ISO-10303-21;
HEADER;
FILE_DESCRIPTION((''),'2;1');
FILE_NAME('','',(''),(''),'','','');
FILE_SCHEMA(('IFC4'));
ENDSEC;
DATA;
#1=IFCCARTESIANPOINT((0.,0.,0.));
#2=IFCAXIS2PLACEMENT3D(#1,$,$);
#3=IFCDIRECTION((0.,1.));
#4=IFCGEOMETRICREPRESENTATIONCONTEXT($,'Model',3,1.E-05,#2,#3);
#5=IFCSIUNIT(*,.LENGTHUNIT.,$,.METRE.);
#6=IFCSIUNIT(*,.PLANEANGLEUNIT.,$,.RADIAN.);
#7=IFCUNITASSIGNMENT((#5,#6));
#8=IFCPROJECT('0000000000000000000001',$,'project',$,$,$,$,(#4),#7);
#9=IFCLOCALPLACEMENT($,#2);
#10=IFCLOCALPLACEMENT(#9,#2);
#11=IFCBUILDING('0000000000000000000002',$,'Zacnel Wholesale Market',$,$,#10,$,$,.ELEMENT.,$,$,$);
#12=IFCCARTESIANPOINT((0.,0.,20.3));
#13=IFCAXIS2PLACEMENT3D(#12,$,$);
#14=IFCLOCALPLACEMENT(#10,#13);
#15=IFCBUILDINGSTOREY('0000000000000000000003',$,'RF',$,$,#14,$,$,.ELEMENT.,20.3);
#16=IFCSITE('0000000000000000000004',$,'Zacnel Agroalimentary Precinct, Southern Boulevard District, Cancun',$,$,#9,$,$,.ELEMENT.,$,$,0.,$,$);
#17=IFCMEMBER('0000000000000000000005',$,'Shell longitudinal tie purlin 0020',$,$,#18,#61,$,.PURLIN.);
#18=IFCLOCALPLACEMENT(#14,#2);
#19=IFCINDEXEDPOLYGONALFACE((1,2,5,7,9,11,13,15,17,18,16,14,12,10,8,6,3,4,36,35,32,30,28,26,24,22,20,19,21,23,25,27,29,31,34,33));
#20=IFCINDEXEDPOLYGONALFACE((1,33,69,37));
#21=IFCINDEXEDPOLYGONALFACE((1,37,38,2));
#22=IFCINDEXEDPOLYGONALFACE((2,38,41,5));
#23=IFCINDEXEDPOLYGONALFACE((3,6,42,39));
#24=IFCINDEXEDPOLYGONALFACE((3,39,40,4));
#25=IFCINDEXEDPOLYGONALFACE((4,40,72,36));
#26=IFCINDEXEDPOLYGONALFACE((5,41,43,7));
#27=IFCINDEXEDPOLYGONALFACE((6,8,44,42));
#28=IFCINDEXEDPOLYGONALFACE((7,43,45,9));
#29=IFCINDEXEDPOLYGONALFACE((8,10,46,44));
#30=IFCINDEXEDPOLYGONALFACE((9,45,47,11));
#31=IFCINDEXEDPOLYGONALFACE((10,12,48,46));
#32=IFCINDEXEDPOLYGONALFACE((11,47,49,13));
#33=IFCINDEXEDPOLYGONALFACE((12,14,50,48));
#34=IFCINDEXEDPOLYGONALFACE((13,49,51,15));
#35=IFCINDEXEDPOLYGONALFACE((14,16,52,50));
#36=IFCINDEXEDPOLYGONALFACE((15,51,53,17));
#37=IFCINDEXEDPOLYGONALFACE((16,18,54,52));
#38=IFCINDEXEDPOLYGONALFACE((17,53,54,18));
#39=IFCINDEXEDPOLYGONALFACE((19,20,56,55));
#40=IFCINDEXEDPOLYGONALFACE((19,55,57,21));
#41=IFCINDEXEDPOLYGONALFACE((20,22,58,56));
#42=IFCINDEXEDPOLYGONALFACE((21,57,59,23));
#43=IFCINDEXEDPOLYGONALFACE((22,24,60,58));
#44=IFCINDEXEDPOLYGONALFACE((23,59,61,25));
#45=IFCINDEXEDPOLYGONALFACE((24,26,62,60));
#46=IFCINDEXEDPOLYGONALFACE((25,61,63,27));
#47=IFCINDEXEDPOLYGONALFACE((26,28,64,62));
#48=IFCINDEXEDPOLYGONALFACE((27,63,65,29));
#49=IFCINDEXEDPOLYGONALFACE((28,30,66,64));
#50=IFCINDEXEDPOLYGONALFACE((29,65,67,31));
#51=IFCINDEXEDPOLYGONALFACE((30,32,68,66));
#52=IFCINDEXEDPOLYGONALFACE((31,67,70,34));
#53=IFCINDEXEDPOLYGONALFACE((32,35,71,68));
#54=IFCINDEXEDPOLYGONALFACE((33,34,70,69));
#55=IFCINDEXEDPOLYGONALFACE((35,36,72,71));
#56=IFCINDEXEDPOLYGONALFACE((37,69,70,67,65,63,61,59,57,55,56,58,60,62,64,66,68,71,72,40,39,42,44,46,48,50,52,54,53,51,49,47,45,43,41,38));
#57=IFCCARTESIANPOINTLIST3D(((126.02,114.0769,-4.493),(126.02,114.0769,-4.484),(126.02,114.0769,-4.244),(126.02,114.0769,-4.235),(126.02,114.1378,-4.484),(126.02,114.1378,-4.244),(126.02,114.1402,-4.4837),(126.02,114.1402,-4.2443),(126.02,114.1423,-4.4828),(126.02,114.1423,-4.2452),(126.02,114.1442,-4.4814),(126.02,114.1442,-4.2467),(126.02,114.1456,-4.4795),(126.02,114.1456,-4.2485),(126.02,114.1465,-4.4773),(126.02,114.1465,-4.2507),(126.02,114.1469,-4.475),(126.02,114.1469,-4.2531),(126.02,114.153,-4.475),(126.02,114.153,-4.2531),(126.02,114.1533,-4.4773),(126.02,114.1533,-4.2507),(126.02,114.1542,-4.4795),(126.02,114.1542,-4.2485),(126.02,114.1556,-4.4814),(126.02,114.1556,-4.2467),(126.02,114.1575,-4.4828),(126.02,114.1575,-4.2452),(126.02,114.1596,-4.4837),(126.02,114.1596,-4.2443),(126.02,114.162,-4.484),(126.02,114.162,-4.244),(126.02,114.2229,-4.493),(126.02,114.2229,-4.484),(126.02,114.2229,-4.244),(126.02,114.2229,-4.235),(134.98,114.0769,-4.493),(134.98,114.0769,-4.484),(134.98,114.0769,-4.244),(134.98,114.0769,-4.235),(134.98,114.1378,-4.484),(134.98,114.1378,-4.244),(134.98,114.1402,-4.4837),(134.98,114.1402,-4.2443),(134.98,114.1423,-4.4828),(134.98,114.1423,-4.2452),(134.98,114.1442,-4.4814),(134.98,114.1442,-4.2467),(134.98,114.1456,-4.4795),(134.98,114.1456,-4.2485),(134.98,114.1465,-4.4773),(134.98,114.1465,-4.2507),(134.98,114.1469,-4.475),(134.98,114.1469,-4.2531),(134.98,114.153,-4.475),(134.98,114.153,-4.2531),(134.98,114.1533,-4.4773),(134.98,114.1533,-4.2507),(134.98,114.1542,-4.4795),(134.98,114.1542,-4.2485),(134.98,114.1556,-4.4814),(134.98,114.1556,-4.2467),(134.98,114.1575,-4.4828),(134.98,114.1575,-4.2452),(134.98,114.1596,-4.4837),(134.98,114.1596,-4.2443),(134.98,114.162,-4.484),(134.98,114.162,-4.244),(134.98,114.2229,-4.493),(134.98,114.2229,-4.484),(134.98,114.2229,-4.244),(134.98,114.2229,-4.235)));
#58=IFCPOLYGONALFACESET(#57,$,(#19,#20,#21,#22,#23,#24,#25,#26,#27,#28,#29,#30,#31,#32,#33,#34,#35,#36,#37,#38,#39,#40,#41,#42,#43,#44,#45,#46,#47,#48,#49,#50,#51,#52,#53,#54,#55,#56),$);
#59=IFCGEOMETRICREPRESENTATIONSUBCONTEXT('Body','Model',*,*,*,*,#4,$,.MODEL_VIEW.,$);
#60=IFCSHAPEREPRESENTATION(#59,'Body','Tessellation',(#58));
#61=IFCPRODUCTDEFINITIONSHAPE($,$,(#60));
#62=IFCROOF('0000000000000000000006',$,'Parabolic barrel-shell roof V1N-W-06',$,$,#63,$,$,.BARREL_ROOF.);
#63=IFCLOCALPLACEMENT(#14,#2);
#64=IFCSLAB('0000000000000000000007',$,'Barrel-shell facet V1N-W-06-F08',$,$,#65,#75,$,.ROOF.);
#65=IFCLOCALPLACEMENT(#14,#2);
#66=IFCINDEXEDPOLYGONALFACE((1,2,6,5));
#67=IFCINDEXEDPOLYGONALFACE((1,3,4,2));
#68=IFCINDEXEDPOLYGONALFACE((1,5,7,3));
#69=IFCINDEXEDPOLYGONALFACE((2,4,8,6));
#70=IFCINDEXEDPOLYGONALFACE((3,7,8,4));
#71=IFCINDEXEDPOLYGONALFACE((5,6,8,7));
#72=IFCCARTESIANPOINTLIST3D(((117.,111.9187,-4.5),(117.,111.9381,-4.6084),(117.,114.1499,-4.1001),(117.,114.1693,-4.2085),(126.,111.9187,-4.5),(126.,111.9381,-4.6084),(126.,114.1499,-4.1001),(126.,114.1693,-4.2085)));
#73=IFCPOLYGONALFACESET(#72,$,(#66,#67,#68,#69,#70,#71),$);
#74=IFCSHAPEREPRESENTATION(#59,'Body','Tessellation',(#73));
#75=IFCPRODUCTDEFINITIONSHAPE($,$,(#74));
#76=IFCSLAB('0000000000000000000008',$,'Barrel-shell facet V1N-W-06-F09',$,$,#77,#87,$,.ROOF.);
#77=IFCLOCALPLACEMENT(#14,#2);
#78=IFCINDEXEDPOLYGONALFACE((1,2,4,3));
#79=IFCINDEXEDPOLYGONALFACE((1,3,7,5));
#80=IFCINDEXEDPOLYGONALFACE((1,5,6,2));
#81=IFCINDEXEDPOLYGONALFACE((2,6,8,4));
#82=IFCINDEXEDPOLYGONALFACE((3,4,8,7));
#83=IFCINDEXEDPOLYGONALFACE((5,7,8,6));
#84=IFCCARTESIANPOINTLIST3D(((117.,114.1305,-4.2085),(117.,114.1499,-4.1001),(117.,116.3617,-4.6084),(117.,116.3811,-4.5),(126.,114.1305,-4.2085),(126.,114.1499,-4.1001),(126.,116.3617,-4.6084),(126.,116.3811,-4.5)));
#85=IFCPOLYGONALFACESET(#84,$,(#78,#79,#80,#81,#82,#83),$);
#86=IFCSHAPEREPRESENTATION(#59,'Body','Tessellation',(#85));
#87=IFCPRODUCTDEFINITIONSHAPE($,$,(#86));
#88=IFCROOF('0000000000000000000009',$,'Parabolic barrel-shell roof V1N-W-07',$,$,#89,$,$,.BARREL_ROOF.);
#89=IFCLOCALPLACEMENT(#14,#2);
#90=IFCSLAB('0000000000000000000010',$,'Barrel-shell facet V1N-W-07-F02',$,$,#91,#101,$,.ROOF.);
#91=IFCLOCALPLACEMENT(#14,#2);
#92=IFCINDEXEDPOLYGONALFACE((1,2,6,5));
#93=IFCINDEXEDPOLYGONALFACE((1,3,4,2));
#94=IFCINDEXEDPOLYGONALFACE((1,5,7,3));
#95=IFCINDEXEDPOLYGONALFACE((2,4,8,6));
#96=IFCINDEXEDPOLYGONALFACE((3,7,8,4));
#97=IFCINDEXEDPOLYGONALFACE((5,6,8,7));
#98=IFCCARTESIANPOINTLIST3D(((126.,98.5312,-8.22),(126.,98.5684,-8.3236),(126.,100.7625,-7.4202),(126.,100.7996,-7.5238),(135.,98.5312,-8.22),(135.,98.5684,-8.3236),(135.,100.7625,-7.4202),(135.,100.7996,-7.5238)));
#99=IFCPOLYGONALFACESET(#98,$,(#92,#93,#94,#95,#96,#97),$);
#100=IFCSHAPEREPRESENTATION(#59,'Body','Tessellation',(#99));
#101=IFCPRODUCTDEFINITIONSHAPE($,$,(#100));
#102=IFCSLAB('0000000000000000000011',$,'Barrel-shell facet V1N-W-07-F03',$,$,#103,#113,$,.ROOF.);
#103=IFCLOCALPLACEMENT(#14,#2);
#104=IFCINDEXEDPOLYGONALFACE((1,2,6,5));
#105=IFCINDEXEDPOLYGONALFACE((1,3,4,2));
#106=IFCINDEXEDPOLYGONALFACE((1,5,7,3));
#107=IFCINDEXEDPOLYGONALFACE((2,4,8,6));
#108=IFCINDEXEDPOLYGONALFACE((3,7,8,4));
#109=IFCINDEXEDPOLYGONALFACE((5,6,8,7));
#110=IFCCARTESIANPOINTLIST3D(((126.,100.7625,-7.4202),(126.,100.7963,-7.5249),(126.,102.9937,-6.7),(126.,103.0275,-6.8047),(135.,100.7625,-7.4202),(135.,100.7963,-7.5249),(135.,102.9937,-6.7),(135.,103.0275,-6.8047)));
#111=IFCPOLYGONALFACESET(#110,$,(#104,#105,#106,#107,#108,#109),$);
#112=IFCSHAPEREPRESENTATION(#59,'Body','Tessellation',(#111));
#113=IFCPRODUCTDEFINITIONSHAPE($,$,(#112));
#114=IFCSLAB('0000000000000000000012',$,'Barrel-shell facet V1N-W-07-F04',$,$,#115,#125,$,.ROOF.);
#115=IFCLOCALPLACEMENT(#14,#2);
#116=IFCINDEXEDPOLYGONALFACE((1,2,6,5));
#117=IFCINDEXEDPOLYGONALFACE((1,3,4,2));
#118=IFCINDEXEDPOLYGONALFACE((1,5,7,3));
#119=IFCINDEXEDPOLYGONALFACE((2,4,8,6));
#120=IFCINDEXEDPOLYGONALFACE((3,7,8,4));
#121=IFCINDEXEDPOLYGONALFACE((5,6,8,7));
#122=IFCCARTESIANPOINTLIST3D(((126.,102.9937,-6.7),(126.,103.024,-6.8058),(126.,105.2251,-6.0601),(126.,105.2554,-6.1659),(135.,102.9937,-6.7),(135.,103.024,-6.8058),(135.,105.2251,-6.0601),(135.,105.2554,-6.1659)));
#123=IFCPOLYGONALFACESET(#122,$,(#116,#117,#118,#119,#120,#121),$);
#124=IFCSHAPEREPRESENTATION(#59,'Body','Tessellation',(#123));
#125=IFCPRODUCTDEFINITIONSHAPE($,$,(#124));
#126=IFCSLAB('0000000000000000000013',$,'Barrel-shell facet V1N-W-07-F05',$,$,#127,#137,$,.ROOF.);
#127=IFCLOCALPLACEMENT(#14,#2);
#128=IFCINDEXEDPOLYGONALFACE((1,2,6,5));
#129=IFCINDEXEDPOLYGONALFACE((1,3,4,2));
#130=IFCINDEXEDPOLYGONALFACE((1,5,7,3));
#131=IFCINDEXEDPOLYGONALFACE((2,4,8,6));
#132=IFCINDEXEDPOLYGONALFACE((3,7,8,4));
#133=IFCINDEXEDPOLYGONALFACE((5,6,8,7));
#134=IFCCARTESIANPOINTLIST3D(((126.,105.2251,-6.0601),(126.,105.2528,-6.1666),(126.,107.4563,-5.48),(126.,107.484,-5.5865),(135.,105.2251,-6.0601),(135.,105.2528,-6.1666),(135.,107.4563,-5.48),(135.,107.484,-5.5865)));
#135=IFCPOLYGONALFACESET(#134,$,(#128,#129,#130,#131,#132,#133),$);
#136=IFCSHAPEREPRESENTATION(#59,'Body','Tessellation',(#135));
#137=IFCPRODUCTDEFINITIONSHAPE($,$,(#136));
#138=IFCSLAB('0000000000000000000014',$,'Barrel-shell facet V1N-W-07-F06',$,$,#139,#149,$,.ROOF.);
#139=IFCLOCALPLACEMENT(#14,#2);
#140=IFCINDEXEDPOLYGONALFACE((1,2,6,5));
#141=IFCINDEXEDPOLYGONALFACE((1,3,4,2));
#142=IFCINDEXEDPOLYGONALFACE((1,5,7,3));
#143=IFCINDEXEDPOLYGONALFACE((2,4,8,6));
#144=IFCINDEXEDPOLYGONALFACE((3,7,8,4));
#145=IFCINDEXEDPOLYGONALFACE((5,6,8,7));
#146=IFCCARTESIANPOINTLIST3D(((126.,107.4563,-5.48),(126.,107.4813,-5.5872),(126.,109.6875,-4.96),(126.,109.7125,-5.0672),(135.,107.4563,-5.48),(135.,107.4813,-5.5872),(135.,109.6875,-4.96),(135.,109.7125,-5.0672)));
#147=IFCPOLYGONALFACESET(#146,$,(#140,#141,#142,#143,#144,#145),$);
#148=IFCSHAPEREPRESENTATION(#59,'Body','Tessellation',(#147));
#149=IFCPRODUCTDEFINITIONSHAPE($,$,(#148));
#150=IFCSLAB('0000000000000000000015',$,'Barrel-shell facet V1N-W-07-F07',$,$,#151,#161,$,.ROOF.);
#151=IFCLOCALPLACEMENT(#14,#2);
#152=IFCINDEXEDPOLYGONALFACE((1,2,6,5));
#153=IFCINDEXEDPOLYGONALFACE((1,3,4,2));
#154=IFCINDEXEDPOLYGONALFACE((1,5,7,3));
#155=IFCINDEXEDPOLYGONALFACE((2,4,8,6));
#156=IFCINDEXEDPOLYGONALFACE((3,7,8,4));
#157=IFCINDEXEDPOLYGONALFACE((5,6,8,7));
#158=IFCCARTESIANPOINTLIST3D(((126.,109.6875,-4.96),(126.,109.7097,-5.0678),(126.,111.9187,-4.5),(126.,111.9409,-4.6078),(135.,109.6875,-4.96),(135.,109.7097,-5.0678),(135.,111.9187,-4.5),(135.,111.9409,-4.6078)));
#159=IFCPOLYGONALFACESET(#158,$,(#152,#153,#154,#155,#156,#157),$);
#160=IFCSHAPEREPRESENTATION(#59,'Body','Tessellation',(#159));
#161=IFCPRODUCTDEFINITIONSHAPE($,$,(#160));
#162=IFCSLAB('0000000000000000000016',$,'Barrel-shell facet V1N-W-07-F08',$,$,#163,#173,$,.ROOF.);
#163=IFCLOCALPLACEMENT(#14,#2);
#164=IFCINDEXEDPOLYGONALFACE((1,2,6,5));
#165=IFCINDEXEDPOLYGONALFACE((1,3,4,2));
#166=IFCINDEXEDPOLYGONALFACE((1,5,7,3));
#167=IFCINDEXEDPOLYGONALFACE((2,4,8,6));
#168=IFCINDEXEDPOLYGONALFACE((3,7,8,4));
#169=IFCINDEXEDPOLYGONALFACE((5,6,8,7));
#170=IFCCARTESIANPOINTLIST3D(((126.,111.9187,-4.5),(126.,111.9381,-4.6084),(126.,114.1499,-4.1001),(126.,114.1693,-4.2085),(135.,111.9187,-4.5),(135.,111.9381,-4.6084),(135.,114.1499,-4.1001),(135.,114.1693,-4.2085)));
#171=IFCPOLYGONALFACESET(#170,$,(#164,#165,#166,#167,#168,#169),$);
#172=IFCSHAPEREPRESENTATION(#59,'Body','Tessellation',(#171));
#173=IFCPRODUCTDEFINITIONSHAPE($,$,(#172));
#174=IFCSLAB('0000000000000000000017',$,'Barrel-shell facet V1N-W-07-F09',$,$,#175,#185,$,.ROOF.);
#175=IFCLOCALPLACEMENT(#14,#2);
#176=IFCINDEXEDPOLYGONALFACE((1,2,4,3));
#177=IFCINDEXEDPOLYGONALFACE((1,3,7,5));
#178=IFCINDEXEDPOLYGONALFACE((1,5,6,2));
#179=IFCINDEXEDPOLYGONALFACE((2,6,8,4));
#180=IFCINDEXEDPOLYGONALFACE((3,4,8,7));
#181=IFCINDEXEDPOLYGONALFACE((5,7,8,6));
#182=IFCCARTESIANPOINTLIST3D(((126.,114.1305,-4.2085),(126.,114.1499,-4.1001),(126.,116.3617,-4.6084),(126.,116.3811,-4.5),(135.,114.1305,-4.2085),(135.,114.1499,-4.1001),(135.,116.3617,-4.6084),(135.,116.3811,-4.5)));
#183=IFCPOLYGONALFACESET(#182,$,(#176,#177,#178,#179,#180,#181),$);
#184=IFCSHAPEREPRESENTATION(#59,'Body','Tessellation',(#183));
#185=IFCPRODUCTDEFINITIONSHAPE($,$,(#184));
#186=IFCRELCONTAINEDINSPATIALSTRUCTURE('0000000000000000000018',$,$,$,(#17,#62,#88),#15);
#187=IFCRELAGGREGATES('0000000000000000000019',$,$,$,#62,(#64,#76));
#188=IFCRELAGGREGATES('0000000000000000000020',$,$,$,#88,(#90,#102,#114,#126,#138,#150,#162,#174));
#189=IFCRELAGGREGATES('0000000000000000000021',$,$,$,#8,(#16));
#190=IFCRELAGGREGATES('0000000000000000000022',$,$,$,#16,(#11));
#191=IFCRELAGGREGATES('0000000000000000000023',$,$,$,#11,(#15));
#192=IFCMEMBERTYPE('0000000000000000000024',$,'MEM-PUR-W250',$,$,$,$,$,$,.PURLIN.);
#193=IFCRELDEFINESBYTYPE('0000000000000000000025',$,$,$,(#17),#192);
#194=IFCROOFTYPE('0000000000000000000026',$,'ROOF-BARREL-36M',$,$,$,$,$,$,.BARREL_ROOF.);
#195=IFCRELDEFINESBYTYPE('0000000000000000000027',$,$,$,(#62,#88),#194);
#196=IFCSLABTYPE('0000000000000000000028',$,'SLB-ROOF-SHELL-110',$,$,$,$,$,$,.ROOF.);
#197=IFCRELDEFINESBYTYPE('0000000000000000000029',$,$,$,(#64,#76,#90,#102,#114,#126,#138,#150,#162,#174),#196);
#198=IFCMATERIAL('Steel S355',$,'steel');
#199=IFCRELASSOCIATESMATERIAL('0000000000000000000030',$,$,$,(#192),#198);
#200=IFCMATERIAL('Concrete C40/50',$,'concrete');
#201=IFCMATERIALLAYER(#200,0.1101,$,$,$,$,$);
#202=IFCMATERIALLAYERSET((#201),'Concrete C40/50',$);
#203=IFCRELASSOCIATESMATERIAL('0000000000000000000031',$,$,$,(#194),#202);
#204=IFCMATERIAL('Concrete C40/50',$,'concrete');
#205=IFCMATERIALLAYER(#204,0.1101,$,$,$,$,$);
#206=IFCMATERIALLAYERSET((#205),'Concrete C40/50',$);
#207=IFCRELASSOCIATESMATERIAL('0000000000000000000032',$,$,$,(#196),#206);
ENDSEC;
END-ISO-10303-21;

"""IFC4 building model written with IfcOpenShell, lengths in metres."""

from ifc_helpers import new_model, si_unit, direction, frame, origin, origin_2d, place, context, subcontext, project, spatial, polyline, i_section, outline, extrude, material, layer, layer_set, material_profile, profile_set, type_object, element, aggregate, save


model = new_model("IFC4")

# Units and contexts
model_context = context("Model", 3, precision=1e-05, world=origin(), true_north=direction((0.0, 1.0)))
body_context = subcontext(model_context, "Body", "Model", "MODEL_VIEW")
ifc_project = project(units=[si_unit("LENGTHUNIT", "METRE"), si_unit("PLANEANGLEUNIT", "RADIAN")], contexts=[model_context])

# Site, building, storey
site_placement = place(None, origin())
site = spatial("IfcSite", under=ifc_project, at=site_placement, Name="Zacnel Agroalimentary Precinct, Southern Boulevard District, Cancun", CompositionType="ELEMENT", RefElevation=0.0)
building_placement = place(site_placement, origin())
building = spatial("IfcBuilding", under=site, at=building_placement, Name="Zacnel Wholesale Market", CompositionType="ELEMENT")
storey_placement = place(building_placement, frame((0.0, 0.0, 20.3)))
storey = spatial("IfcBuildingStorey", under=building, at=storey_placement, Name="RF", CompositionType="ELEMENT", Elevation=20.3)

# Member
ifc_material_1 = material(Name="Steel S355", Category="steel")
ifc_material_profile_1 = material_profile(ifc_material_1, i_section(OverallWidth=0.146, OverallDepth=0.2581, WebThickness=0.0061, FlangeThickness=0.009, FilletRadius=0.009, at=origin_2d()), Name="W250X32.7")
ifc_profile_set_1 = profile_set([ifc_material_profile_1], Name="Steel S355")
member_type_1 = type_object("IfcMemberType", Name="MEM-PUR-W250", PredefinedType="PURLIN", material=ifc_profile_set_1)
for number, where, z_axis, x_axis, name in (
    (1, (126.02, 114.1499, -4.364), (1.0, 0.0, 0.0), (0.0, 1.0, 0.0), "Shell longitudinal tie purlin 0020"),
):
    element("IfcMember", number, at=place(storey_placement, frame(where, z_axis=z_axis, x_axis=x_axis)), inside=storey, type_object=member_type_1, Name=name, PredefinedType="PURLIN", context=body_context, shape_type="SweptSolid", body=[
        extrude(i_section(OverallWidth=0.146, OverallDepth=0.2581, WebThickness=0.0061, FlangeThickness=0.009, FilletRadius=0.009, at=origin_2d()), origin(), (0.0, 0.0, 1.0), 8.96),
    ])

# Roofs, slabs
ifc_material_2 = material(Name="Concrete C40/50", Category="concrete")
ifc_layer_1 = layer(ifc_material_2, 0.1101)
ifc_layer_set_1 = layer_set([ifc_layer_1], Name="Concrete C40/50")
roof_type = type_object("IfcRoofType", Name="ROOF-BARREL-36M", PredefinedType="BARREL_ROOF", material=ifc_layer_set_1)
roof_1_placement = place(storey_placement, origin())
roof_1 = element("IfcRoof", 2, at=roof_1_placement, inside=storey, type_object=roof_type, Name="Parabolic barrel-shell roof V1N-W-06", PredefinedType="BARREL_ROOF")
ifc_material_3 = material(Name="Concrete C40/50", Category="concrete")
ifc_layer_2 = layer(ifc_material_3, 0.1101)
ifc_layer_set_2 = layer_set([ifc_layer_2], Name="Concrete C40/50")
slab_type = type_object("IfcSlabType", Name="SLB-ROOF-SHELL-110", PredefinedType="ROOF", material=ifc_layer_set_2)
slab_1_placement = place(storey_placement, frame((117.0, 111.9187, -4.5), z_axis=(0.0, -0.176421, 0.984315), x_axis=(1.0, 0.0, 0.0)))
slab_1 = element("IfcSlab", 3, at=slab_1_placement, type_object=slab_type, Name="Barrel-shell facet V1N-W-06-F08", PredefinedType="ROOF", context=body_context, shape_type="SweptSolid", body=[
    extrude(outline(polyline([(0.0, 0.0), (9.0, 0.0), (9.0, 2.2668), (0.0, 2.2668), (0.0, 0.0)])), origin(), (0.0, 0.0, -1.0), 0.1101),
])
slab_2_placement = place(storey_placement, frame((117.0, 114.1499, -4.1001), z_axis=(0.0, 0.176421, 0.984315), x_axis=(1.0, 0.0, 0.0)))
slab_2 = element("IfcSlab", 4, at=slab_2_placement, type_object=slab_type, Name="Barrel-shell facet V1N-W-06-F09", PredefinedType="ROOF", context=body_context, shape_type="SweptSolid", body=[
    extrude(outline(polyline([(0.0, 0.0), (9.0, 0.0), (9.0, 2.2668), (0.0, 2.2668), (0.0, 0.0)])), origin(), (0.0, 0.0, -1.0), 0.1101),
])
aggregate(roof_1, [slab_1, slab_2])
roof_2_placement = place(storey_placement, origin())
roof_2 = element("IfcRoof", 5, at=roof_2_placement, inside=storey, type_object=roof_type, Name="Parabolic barrel-shell roof V1N-W-07", PredefinedType="BARREL_ROOF")
slab_3_placement = place(storey_placement, frame((126.0, 98.5312, -8.22), z_axis=(0.0, -0.337439, 0.941347), x_axis=(1.0, 0.0, 0.0)))
slab_3 = element("IfcSlab", 6, at=slab_3_placement, type_object=slab_type, Name="Barrel-shell facet V1N-W-07-F02", PredefinedType="ROOF", context=body_context, shape_type="SweptSolid", body=[
    extrude(outline(polyline([(0.0, 0.0), (9.0, 0.0), (9.0, 2.3702), (0.0, 2.3702), (0.0, 0.0)])), origin(), (0.0, 0.0, -1.0), 0.1101),
])
slab_4_placement = place(storey_placement, frame((126.0, 100.7625, -7.4202), z_axis=(0.0, -0.307185, 0.95165), x_axis=(1.0, 0.0, 0.0)))
slab_4 = element("IfcSlab", 7, at=slab_4_placement, type_object=slab_type, Name="Barrel-shell facet V1N-W-07-F03", PredefinedType="ROOF", context=body_context, shape_type="SweptSolid", body=[
    extrude(outline(polyline([(0.0, 0.0), (9.0, 0.0), (9.0, 2.3446), (0.0, 2.3446), (0.0, 0.0)])), origin(), (0.0, 0.0, -1.0), 0.1101),
])
slab_5_placement = place(storey_placement, frame((126.0, 102.9937, -6.7), z_axis=(0.0, -0.275652, 0.961258), x_axis=(1.0, 0.0, 0.0)))
slab_5 = element("IfcSlab", 8, at=slab_5_placement, type_object=slab_type, Name="Barrel-shell facet V1N-W-07-F04", PredefinedType="ROOF", context=body_context, shape_type="SweptSolid", body=[
    extrude(outline(polyline([(0.0, 0.0), (9.0, 0.0), (9.0, 2.3214), (0.0, 2.3214), (0.0, 0.0)])), origin(), (0.0, 0.0, -1.0), 0.1101),
])
slab_6_placement = place(storey_placement, frame((126.0, 105.2251, -6.0601), z_axis=(0.0, -0.25162, 0.967826), x_axis=(1.0, 0.0, 0.0)))
slab_6 = element("IfcSlab", 9, at=slab_6_placement, type_object=slab_type, Name="Barrel-shell facet V1N-W-07-F05", PredefinedType="ROOF", context=body_context, shape_type="SweptSolid", body=[
    extrude(outline(polyline([(0.0, 0.0), (9.0, 0.0), (9.0, 2.3054), (0.0, 2.3054), (0.0, 0.0)])), origin(), (0.0, 0.0, -1.0), 0.1101),
])
slab_7_placement = place(storey_placement, frame((126.0, 107.4563, -5.48), z_axis=(0.0, -0.226984, 0.973899), x_axis=(1.0, 0.0, 0.0)))
slab_7 = element("IfcSlab", 10, at=slab_7_placement, type_object=slab_type, Name="Barrel-shell facet V1N-W-07-F06", PredefinedType="ROOF", context=body_context, shape_type="SweptSolid", body=[
    extrude(outline(polyline([(0.0, 0.0), (9.0, 0.0), (9.0, 2.291), (0.0, 2.291), (0.0, 0.0)])), origin(), (0.0, 0.0, -1.0), 0.1101),
])
slab_8_placement = place(storey_placement, frame((126.0, 109.6875, -4.96), z_axis=(0.0, -0.201904, 0.979405), x_axis=(1.0, 0.0, 0.0)))
slab_8 = element("IfcSlab", 11, at=slab_8_placement, type_object=slab_type, Name="Barrel-shell facet V1N-W-07-F07", PredefinedType="ROOF", context=body_context, shape_type="SweptSolid", body=[
    extrude(outline(polyline([(0.0, 0.0), (9.0, 0.0), (9.0, 2.2781), (0.0, 2.2781), (0.0, 0.0)])), origin(), (0.0, 0.0, -1.0), 0.1101),
])
slab_9_placement = place(storey_placement, frame((126.0, 111.9187, -4.5), z_axis=(0.0, -0.176421, 0.984315), x_axis=(1.0, 0.0, 0.0)))
slab_9 = element("IfcSlab", 12, at=slab_9_placement, type_object=slab_type, Name="Barrel-shell facet V1N-W-07-F08", PredefinedType="ROOF", context=body_context, shape_type="SweptSolid", body=[
    extrude(outline(polyline([(0.0, 0.0), (9.0, 0.0), (9.0, 2.2668), (0.0, 2.2668), (0.0, 0.0)])), origin(), (0.0, 0.0, -1.0), 0.1101),
])
slab_10_placement = place(storey_placement, frame((126.0, 114.1499, -4.1001), z_axis=(0.0, 0.176421, 0.984315), x_axis=(1.0, 0.0, 0.0)))
slab_10 = element("IfcSlab", 13, at=slab_10_placement, type_object=slab_type, Name="Barrel-shell facet V1N-W-07-F09", PredefinedType="ROOF", context=body_context, shape_type="SweptSolid", body=[
    extrude(outline(polyline([(0.0, 0.0), (9.0, 0.0), (9.0, 2.2668), (0.0, 2.2668), (0.0, 0.0)])), origin(), (0.0, 0.0, -1.0), 0.1101),
])
aggregate(roof_2, [slab_3, slab_4, slab_5, slab_6, slab_7, slab_8, slab_9, slab_10])

save(model, "model.ifc")
